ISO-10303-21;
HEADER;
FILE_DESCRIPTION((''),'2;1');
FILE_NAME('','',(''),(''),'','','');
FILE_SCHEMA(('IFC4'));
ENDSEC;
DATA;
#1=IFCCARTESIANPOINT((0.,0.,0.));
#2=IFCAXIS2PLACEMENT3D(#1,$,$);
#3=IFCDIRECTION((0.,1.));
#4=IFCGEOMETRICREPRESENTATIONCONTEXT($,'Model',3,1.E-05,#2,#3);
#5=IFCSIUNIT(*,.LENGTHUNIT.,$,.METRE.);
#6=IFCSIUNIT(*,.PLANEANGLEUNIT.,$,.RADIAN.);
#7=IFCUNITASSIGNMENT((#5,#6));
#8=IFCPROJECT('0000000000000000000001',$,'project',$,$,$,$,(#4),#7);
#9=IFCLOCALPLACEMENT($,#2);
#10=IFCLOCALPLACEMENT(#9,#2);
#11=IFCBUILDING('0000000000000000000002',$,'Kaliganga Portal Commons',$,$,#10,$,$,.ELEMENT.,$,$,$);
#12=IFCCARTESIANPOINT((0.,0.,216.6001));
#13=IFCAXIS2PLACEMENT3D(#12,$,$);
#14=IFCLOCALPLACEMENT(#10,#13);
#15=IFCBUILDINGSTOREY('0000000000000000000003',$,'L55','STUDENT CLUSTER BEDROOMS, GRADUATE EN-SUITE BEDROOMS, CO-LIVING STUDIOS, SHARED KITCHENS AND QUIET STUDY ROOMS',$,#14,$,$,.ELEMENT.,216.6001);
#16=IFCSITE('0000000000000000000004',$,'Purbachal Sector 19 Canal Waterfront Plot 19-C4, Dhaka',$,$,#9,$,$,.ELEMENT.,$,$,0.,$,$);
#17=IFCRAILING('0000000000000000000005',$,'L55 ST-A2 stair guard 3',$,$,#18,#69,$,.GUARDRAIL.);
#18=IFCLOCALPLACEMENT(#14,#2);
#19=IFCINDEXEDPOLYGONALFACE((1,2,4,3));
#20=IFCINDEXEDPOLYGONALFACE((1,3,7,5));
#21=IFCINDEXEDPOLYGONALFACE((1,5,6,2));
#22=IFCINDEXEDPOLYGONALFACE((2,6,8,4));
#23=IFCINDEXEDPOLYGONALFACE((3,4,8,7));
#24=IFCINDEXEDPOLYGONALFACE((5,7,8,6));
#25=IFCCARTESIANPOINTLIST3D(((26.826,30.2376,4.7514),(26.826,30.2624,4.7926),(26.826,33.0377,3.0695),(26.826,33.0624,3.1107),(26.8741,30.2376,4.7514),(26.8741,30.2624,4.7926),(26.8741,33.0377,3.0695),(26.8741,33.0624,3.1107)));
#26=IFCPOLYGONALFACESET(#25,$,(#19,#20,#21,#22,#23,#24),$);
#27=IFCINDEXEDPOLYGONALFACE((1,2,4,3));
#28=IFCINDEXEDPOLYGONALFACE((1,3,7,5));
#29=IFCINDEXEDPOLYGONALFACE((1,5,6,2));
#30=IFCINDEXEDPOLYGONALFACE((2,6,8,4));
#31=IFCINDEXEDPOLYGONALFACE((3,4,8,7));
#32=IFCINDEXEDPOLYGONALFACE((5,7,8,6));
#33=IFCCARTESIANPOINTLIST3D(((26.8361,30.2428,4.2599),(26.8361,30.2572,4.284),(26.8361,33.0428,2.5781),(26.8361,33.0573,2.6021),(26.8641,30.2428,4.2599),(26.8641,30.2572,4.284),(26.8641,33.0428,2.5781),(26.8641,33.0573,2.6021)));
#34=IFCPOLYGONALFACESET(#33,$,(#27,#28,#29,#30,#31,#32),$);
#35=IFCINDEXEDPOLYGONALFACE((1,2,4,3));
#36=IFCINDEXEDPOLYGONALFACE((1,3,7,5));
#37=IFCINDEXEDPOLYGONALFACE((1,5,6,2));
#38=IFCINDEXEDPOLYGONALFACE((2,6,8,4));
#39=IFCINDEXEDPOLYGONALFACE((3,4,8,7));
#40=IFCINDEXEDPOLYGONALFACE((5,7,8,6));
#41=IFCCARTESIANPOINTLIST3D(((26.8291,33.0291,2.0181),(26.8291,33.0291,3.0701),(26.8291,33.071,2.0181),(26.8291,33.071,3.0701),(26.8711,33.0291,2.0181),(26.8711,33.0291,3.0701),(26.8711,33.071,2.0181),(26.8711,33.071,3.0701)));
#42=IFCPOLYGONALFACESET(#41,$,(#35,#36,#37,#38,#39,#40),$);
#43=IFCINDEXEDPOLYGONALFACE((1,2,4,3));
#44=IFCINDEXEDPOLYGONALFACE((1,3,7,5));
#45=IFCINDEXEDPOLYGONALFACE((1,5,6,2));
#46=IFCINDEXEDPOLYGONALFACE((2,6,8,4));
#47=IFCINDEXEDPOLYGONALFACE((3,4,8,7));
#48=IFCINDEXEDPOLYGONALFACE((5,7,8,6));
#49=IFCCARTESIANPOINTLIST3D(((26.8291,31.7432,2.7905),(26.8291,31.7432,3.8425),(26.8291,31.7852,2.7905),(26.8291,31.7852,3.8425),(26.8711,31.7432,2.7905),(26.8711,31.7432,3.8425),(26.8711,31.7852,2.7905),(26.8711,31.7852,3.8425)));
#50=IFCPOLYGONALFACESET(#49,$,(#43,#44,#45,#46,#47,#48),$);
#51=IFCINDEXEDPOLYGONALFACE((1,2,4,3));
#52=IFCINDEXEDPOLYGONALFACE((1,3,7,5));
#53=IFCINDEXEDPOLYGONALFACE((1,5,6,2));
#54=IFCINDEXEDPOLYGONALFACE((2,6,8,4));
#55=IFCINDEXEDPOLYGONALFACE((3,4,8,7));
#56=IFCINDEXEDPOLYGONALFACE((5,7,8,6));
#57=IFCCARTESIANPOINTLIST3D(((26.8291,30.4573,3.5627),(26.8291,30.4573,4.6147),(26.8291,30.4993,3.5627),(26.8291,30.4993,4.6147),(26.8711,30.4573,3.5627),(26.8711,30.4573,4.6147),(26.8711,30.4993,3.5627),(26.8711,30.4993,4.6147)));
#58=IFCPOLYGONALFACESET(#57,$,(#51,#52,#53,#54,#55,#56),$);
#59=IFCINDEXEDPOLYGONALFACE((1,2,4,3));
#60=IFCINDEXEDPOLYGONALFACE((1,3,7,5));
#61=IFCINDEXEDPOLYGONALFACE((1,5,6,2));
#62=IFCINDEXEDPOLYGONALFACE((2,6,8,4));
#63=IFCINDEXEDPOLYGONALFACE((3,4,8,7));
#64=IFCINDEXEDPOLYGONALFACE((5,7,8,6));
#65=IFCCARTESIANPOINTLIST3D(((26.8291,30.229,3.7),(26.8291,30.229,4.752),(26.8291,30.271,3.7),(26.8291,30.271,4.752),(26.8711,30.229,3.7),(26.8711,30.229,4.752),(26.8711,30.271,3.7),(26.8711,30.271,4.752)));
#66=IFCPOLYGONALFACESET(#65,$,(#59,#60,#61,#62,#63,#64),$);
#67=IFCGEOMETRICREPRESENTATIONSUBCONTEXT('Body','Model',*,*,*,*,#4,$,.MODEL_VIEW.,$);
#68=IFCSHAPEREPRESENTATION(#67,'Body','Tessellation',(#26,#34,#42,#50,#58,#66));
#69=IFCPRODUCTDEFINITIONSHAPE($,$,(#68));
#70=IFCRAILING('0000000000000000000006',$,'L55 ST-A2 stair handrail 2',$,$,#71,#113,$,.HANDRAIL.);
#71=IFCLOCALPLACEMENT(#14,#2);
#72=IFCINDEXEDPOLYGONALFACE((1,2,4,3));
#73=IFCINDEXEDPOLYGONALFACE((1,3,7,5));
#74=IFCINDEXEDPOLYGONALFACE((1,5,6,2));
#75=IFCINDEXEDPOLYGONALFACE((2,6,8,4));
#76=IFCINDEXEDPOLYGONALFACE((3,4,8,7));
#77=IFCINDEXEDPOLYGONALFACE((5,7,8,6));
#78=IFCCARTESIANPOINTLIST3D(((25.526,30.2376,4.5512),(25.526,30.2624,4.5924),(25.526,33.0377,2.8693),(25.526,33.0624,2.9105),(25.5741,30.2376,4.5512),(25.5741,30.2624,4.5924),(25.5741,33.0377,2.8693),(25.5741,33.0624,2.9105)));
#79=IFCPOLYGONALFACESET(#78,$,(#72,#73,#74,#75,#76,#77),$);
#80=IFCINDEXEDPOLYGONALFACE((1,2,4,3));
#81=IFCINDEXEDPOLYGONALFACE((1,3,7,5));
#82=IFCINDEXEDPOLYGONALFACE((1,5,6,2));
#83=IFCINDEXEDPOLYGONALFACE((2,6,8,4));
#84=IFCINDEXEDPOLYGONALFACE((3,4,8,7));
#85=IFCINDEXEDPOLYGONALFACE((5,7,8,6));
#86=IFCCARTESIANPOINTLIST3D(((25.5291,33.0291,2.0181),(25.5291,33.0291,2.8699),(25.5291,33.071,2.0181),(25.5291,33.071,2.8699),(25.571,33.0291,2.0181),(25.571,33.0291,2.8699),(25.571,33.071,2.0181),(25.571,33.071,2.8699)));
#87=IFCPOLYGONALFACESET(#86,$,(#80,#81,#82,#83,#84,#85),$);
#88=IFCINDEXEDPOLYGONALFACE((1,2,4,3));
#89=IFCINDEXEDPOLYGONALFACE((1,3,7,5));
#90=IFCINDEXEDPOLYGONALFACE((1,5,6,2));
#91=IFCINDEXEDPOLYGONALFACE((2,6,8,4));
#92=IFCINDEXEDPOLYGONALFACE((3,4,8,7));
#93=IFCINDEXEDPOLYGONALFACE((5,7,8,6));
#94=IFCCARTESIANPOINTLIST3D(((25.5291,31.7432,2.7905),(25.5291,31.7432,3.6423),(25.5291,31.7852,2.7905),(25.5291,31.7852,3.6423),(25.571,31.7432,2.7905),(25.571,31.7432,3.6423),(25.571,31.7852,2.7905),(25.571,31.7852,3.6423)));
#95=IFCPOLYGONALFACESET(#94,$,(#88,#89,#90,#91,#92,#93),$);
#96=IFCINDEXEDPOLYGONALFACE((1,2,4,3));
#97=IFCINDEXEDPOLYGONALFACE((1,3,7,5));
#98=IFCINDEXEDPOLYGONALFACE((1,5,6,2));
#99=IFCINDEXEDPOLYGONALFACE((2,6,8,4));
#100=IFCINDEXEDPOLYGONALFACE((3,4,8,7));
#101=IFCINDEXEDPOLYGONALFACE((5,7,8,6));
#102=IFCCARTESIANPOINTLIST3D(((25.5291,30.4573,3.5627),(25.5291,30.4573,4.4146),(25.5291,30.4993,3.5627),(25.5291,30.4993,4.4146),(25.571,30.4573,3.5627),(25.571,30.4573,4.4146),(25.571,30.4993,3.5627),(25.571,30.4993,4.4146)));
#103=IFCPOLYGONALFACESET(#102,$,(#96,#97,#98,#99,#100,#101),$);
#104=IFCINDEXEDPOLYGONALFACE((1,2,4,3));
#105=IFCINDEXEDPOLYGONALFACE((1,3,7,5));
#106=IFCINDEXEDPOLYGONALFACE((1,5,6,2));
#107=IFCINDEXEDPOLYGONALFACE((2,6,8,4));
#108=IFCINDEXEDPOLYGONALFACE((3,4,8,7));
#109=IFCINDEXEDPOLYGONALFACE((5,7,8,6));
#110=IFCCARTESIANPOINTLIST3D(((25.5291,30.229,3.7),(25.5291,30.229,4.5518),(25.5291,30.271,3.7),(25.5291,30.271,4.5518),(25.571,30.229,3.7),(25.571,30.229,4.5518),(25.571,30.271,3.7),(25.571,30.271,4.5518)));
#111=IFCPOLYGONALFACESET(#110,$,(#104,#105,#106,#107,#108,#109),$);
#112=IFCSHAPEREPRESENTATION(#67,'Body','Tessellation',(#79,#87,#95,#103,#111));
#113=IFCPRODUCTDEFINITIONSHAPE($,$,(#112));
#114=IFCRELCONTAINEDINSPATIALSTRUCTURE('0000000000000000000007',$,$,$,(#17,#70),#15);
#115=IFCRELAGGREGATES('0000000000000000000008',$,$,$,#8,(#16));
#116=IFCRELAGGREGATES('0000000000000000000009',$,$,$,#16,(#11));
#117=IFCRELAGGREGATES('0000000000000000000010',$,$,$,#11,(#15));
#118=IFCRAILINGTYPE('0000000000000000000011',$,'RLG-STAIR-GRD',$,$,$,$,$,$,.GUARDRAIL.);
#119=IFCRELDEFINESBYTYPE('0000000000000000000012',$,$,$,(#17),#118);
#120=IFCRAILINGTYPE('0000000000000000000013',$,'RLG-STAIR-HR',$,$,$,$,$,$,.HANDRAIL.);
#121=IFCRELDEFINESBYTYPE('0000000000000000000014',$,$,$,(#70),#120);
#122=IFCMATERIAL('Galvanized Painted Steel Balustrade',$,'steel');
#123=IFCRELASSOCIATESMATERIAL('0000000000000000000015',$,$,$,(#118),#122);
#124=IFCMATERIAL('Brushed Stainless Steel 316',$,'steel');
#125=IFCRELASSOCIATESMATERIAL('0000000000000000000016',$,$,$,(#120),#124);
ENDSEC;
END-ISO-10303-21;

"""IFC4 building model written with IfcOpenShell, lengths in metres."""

from ifc_helpers import new_model, si_unit, direction, frame, origin, origin_2d, place, context, subcontext, project, spatial, rectangle, extrude, material, type_object, element, save


model = new_model("IFC4")

# Units and contexts
model_context = context("Model", 3, precision=1e-05, world=origin(), true_north=direction((0.0, 1.0)))
body_context = subcontext(model_context, "Body", "Model", "MODEL_VIEW")
ifc_project = project(units=[si_unit("LENGTHUNIT", "METRE"), si_unit("PLANEANGLEUNIT", "RADIAN")], contexts=[model_context])

# Site, building, storey
site_placement = place(None, origin())
site = spatial("IfcSite", under=ifc_project, at=site_placement, Name="Purbachal Sector 19 Canal Waterfront Plot 19-C4, Dhaka", CompositionType="ELEMENT", RefElevation=0.0)
building_placement = place(site_placement, origin())
building = spatial("IfcBuilding", under=site, at=building_placement, Name="Kaliganga Portal Commons", CompositionType="ELEMENT")
storey_placement = place(building_placement, frame((0.0, 0.0, 216.6001)))
storey = spatial("IfcBuildingStorey", under=building, at=storey_placement, Name="L55", Description="STUDENT CLUSTER BEDROOMS, GRADUATE EN-SUITE BEDROOMS, CO-LIVING STUDIOS, SHARED KITCHENS AND QUIET STUDY ROOMS", CompositionType="ELEMENT", Elevation=216.6001)

# Railings
ifc_material_1 = material(Name="Galvanized Painted Steel Balustrade", Category="steel")
railing_type_1 = type_object("IfcRailingType", Name="RLG-STAIR-GRD", PredefinedType="GUARDRAIL", material=ifc_material_1)
railing_1_placement = place(storey_placement, frame((26.8501, 33.05, 2.0181)))
element("IfcRailing", 1, at=railing_1_placement, inside=storey, type_object=railing_type_1, Name="L55 ST-A2 stair guard 3", PredefinedType="GUARDRAIL", context=body_context, shape_type="SweptSolid", body=[
    extrude(rectangle(XDim=0.0481, YDim=0.0481, at=origin_2d()), frame((0.0, 0.0, 1.072), z_axis=(0.0, -0.857242, 0.514913), x_axis=(1.0, 0.0, 0.0)), (0.0, 0.0, 1.0), 3.2664),
    extrude(rectangle(XDim=0.0281, YDim=0.0281, at=origin_2d()), frame((0.0, 0.0, 0.572), z_axis=(0.0, -0.857242, 0.514913), x_axis=(1.0, 0.0, 0.0)), (0.0, 0.0, 1.0), 3.2664),
    extrude(rectangle(XDim=0.042, YDim=0.042, at=origin_2d()), origin(), (0.0, 0.0, 1.0), 1.052),
    extrude(rectangle(XDim=0.042, YDim=0.042, at=origin_2d()), frame((0.0, -1.2859, 0.7725)), (0.0, 0.0, 1.0), 1.052),
    extrude(rectangle(XDim=0.042, YDim=0.042, at=origin_2d()), frame((0.0, -2.5718, 1.5447)), (0.0, 0.0, 1.0), 1.052),
    extrude(rectangle(XDim=0.042, YDim=0.042, at=origin_2d()), frame((0.0, -2.8, 1.6819)), (0.0, 0.0, 1.0), 1.052),
])
ifc_material_2 = material(Name="Brushed Stainless Steel 316", Category="steel")
railing_type_2 = type_object("IfcRailingType", Name="RLG-STAIR-HR", PredefinedType="HANDRAIL", material=ifc_material_2)
railing_2_placement = place(storey_placement, frame((25.55, 33.05, 2.0181)))
element("IfcRailing", 2, at=railing_2_placement, inside=storey, type_object=railing_type_2, Name="L55 ST-A2 stair handrail 2", PredefinedType="HANDRAIL", context=body_context, shape_type="SweptSolid", body=[
    extrude(rectangle(XDim=0.0481, YDim=0.0481, at=origin_2d()), frame((0.0, 0.0, 0.8718), z_axis=(0.0, -0.857242, 0.514913), x_axis=(1.0, 0.0, 0.0)), (0.0, 0.0, 1.0), 3.2664),
    extrude(rectangle(XDim=0.042, YDim=0.042, at=origin_2d()), origin(), (0.0, 0.0, 1.0), 0.8518),
    extrude(rectangle(XDim=0.042, YDim=0.042, at=origin_2d()), frame((0.0, -1.2859, 0.7725)), (0.0, 0.0, 1.0), 0.8518),
    extrude(rectangle(XDim=0.042, YDim=0.042, at=origin_2d()), frame((0.0, -2.5718, 1.5447)), (0.0, 0.0, 1.0), 0.8518),
    extrude(rectangle(XDim=0.042, YDim=0.042, at=origin_2d()), frame((0.0, -2.8, 1.6819)), (0.0, 0.0, 1.0), 0.8518),
])

save(model, "model.ifc")
